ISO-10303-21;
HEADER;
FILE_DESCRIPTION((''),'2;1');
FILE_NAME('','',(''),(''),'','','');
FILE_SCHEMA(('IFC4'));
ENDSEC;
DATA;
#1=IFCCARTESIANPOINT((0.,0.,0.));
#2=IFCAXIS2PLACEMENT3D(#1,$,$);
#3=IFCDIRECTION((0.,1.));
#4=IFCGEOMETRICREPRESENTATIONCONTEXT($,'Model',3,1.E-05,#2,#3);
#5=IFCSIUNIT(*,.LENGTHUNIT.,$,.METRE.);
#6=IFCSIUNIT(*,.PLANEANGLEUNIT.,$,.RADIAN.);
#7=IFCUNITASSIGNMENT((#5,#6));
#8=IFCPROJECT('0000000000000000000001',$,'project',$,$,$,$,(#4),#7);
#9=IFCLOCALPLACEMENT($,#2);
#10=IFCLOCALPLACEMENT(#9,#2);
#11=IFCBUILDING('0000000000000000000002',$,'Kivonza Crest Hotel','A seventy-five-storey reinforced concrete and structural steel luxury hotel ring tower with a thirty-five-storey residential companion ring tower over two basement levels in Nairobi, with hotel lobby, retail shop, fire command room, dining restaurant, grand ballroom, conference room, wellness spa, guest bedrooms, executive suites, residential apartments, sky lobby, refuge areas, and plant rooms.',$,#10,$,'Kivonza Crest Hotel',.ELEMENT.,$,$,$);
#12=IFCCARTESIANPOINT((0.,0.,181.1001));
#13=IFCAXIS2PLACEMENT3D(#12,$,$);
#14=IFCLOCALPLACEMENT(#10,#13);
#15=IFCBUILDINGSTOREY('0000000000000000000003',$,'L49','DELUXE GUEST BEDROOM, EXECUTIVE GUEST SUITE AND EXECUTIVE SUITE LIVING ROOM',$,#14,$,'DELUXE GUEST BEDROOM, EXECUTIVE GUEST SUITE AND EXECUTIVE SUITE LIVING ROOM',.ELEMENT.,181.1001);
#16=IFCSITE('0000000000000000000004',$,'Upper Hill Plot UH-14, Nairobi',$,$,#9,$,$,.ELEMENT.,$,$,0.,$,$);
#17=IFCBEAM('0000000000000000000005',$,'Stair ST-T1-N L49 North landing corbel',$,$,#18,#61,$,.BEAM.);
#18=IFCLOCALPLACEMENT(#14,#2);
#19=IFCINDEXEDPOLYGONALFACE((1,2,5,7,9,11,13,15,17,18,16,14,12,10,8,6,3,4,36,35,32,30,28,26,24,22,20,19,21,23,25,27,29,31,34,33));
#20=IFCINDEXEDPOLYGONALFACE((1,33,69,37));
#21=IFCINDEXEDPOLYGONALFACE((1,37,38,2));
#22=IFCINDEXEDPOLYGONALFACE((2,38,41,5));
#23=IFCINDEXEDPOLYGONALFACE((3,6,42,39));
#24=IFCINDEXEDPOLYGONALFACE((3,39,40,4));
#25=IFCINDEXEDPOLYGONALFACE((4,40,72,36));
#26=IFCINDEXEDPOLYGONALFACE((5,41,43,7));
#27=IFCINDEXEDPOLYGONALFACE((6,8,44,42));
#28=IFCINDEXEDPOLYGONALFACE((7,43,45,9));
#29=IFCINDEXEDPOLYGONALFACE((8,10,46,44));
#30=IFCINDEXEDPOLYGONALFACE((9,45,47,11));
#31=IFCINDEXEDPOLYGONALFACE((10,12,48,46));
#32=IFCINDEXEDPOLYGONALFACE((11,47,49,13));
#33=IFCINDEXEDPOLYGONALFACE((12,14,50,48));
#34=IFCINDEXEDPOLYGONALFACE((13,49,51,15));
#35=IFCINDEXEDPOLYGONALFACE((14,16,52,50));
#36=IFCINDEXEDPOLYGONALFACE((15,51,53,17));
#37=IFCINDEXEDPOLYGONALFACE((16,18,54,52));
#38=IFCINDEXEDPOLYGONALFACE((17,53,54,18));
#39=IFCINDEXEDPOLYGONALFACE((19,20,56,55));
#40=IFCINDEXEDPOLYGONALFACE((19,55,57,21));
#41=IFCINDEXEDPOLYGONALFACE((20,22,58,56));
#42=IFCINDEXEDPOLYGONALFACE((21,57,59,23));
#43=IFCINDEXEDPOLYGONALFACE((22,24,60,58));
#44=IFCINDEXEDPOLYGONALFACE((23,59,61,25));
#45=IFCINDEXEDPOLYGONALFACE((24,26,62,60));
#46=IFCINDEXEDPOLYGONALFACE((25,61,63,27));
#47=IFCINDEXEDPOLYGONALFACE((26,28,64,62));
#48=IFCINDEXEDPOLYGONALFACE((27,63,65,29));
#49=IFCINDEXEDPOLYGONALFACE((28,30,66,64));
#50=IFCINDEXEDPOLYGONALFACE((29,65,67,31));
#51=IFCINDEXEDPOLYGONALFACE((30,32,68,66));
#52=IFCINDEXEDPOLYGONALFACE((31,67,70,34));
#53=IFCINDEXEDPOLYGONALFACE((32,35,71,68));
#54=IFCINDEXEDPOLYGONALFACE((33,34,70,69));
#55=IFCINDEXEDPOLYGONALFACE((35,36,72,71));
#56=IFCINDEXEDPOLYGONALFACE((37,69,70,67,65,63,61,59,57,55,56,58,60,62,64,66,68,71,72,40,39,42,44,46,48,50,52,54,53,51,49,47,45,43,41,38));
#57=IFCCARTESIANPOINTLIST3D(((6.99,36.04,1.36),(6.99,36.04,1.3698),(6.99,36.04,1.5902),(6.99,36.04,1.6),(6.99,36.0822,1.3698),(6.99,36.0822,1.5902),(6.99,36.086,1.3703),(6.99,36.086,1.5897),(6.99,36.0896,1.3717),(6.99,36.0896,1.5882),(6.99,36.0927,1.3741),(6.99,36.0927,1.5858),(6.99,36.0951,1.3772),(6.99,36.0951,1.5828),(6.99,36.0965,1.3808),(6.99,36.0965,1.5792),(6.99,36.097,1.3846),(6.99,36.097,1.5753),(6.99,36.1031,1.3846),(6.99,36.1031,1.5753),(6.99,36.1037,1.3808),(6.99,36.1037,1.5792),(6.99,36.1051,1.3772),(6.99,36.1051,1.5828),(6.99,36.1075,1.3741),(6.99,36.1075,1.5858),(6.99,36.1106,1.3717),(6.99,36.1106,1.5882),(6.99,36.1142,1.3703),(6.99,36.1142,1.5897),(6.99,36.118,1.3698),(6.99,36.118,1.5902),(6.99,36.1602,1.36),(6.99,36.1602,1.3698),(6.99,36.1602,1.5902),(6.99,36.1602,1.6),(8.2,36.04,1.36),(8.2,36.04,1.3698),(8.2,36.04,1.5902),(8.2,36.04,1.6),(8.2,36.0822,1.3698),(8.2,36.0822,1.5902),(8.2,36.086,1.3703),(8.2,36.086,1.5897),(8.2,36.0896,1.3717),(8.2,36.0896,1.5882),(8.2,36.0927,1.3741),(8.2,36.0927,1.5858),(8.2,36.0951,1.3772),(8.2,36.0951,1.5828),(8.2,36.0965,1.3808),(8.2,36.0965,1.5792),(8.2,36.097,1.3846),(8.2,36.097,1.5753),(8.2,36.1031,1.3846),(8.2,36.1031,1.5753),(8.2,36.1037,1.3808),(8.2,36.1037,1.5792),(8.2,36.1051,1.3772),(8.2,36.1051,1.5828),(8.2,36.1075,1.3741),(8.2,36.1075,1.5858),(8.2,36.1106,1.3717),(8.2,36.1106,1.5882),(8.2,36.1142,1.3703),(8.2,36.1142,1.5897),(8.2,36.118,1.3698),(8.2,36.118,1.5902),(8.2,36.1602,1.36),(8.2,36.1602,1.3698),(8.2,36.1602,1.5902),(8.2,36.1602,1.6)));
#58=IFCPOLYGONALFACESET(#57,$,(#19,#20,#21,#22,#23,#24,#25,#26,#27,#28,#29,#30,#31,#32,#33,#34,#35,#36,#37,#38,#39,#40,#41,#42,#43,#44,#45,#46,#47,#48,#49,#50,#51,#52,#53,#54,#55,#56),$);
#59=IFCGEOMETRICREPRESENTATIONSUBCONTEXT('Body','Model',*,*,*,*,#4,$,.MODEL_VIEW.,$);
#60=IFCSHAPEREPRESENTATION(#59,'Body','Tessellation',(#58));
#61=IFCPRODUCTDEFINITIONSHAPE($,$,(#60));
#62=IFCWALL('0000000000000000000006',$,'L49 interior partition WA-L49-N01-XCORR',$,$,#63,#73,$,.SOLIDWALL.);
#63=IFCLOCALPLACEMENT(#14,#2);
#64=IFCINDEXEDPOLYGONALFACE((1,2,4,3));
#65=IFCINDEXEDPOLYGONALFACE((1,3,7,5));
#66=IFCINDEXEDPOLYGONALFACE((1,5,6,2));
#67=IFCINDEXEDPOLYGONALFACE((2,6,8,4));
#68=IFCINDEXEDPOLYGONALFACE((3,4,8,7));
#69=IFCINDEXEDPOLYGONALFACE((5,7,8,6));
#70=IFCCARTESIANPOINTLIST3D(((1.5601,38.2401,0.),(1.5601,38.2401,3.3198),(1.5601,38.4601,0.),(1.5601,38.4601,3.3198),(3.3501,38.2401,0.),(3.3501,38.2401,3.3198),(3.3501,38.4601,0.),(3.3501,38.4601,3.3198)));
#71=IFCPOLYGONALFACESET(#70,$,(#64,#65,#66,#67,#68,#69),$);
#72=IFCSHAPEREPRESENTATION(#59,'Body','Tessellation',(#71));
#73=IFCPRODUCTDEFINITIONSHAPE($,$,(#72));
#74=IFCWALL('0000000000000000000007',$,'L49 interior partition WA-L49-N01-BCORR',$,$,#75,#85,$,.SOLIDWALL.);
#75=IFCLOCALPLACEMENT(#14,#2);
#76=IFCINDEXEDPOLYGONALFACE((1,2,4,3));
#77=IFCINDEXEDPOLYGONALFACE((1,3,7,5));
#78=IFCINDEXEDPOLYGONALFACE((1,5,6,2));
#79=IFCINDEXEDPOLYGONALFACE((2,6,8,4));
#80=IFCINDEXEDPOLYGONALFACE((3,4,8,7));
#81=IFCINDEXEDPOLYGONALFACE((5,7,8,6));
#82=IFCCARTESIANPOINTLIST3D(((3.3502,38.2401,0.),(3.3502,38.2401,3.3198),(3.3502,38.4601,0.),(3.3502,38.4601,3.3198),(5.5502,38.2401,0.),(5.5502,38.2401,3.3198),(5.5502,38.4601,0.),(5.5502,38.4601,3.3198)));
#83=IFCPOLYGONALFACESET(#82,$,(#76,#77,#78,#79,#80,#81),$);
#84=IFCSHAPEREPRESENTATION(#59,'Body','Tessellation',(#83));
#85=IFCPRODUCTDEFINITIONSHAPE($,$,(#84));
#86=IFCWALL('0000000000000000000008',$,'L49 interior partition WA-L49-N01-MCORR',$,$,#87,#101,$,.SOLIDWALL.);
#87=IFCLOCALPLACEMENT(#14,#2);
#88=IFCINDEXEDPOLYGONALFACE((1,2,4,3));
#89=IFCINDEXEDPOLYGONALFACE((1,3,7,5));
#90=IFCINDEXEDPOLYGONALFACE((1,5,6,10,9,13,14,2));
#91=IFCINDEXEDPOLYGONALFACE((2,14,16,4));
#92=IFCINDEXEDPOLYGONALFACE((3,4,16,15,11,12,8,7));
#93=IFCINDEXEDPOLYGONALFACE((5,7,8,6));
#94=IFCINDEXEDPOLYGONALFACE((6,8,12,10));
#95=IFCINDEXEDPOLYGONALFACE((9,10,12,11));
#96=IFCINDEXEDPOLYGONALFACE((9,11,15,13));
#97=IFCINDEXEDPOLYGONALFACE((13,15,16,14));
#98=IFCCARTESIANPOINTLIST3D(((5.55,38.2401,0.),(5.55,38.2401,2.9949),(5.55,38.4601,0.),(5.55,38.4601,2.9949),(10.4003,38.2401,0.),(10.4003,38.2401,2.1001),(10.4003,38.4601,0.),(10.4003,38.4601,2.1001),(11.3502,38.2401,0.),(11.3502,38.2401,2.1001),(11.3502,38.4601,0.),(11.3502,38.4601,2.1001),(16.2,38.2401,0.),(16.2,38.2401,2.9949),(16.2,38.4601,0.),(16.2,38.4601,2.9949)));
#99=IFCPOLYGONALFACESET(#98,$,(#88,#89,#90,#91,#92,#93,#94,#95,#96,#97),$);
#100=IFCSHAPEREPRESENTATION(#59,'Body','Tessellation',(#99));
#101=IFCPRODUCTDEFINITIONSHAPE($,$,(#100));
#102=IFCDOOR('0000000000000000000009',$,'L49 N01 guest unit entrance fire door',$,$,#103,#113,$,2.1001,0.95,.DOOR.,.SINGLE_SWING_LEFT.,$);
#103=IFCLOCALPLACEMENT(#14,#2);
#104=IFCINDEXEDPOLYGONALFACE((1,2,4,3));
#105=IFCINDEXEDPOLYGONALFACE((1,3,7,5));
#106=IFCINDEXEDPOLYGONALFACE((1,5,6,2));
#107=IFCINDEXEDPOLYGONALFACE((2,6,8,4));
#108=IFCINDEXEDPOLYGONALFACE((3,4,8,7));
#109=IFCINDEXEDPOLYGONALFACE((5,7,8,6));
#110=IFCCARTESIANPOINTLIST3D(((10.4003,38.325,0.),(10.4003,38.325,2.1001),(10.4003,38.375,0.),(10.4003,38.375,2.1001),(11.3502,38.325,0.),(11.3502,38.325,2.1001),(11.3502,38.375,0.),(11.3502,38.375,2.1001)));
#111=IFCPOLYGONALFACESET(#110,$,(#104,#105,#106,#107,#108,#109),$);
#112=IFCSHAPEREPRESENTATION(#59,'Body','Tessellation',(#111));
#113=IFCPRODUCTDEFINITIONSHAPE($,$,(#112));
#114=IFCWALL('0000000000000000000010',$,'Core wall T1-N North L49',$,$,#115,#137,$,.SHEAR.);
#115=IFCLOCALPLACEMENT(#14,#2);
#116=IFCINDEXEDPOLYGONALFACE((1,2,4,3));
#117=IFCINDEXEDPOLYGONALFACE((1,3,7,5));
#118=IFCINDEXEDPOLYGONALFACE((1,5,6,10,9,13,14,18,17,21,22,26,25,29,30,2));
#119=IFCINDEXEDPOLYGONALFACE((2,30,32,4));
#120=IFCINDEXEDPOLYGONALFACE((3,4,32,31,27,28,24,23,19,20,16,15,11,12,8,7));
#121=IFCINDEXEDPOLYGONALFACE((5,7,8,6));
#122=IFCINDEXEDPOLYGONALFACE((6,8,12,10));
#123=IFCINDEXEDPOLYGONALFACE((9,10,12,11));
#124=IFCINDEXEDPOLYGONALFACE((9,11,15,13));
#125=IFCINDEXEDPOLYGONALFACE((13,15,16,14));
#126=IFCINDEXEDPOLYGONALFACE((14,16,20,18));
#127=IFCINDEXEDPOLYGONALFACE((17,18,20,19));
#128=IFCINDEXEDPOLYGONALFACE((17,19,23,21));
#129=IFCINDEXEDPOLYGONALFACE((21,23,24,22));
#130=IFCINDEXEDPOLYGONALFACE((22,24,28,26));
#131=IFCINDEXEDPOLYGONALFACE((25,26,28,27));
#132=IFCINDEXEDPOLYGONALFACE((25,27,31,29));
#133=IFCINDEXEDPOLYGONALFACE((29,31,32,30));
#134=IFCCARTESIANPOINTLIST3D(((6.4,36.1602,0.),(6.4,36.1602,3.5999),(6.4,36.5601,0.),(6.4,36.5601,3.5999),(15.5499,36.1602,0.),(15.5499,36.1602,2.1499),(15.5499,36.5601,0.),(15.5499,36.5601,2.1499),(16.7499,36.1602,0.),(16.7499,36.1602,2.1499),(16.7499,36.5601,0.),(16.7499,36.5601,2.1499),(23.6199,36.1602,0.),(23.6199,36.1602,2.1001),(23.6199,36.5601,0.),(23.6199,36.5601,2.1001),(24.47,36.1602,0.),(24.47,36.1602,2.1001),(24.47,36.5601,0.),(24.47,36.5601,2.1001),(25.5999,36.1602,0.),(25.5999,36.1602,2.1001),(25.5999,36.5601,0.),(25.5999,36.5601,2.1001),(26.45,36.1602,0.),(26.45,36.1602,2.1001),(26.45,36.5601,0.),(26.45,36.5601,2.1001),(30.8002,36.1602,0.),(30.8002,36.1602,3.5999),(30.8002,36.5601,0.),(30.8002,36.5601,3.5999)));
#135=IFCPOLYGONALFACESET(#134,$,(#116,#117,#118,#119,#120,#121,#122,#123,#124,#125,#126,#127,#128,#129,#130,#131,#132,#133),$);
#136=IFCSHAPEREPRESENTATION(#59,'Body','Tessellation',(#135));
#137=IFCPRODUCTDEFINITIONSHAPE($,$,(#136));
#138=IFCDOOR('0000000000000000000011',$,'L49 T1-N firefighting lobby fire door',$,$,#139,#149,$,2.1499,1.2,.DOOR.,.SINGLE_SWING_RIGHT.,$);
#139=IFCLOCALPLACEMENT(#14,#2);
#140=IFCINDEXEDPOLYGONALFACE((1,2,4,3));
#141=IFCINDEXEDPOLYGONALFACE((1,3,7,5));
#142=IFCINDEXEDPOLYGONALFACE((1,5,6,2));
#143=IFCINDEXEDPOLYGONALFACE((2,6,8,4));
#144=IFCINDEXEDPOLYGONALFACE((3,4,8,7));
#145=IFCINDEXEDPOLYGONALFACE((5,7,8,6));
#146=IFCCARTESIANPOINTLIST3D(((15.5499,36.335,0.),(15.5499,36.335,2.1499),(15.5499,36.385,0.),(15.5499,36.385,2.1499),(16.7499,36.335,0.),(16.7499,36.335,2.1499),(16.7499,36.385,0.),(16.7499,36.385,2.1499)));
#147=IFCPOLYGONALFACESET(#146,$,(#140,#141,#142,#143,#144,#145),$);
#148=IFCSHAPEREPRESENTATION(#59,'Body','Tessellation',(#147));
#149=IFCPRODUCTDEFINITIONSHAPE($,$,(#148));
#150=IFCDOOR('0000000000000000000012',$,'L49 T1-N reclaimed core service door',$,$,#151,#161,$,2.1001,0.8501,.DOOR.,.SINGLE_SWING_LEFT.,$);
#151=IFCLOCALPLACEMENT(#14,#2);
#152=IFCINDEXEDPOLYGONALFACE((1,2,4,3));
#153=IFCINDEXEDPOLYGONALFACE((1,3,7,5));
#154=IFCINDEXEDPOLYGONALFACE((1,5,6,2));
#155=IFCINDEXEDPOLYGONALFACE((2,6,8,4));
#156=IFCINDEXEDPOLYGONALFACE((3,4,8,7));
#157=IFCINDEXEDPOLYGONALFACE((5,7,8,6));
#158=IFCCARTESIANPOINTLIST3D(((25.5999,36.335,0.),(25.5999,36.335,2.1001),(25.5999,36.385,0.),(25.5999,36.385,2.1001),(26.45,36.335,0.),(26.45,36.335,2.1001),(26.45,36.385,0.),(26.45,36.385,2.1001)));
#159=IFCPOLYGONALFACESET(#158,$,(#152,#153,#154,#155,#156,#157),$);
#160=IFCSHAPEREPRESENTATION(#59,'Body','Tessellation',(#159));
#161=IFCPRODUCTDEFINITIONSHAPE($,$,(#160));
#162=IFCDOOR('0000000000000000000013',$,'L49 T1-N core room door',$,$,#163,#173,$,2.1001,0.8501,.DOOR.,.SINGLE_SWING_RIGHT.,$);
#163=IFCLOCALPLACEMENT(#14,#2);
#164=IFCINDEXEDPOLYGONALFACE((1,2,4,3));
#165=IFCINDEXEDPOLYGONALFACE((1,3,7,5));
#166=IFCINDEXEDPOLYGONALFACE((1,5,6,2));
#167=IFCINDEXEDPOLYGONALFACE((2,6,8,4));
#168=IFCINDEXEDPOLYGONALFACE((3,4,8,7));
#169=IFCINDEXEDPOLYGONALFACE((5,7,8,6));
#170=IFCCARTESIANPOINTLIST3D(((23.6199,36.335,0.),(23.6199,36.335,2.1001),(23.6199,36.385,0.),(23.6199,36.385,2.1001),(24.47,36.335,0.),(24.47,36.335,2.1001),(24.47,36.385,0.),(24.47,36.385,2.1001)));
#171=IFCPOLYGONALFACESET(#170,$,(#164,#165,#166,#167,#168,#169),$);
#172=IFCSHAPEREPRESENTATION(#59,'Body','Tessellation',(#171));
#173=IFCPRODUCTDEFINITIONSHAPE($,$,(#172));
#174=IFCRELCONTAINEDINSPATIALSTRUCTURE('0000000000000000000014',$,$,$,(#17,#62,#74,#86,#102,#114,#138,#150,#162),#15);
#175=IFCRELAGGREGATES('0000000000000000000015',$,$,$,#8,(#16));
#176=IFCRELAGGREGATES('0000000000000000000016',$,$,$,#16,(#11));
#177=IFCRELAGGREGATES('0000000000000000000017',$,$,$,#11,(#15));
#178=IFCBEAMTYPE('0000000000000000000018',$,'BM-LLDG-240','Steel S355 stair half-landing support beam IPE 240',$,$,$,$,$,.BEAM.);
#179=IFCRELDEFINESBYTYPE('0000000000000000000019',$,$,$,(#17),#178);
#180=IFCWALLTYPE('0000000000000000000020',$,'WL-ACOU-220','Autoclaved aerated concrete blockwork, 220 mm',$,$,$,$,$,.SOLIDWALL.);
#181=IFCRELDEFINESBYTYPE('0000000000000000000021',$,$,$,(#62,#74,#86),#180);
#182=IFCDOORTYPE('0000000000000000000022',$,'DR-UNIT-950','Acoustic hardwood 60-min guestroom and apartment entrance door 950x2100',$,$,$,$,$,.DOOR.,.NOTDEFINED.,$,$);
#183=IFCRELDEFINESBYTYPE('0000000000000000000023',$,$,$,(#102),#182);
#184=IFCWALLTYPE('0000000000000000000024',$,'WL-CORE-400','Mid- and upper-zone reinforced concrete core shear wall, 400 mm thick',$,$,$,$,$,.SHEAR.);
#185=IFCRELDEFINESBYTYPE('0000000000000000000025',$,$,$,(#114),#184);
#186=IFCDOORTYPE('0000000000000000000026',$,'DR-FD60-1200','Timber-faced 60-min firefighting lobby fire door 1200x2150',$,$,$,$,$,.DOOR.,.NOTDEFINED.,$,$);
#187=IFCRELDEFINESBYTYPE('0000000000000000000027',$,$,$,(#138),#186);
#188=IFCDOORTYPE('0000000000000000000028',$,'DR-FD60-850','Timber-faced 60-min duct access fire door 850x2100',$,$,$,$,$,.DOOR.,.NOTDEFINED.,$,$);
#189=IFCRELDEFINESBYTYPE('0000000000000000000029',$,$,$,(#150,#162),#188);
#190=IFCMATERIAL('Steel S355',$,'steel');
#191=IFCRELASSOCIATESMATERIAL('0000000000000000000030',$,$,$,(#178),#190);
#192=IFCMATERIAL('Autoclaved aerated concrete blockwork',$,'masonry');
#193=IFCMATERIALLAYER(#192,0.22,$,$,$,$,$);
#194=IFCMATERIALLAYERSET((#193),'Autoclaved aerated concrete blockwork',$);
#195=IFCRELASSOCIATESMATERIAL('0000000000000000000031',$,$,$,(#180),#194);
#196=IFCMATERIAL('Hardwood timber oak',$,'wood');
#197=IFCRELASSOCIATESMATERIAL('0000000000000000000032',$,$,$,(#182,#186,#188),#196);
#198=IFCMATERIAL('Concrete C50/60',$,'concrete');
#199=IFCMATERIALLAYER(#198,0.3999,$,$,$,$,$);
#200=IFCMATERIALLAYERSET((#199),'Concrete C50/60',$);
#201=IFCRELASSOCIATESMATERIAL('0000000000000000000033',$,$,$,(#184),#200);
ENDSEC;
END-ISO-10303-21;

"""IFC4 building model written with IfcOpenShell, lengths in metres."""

from ifc_helpers import new_model, si_unit, direction, frame, frame_2d, origin, origin_2d, place, context, subcontext, project, spatial, rectangle, i_section, extrude, material, layer, layer_set, material_profile, profile_set, type_object, element, fill, save


model = new_model("IFC4")

# Units and contexts
model_context = context("Model", 3, precision=1e-05, world=origin(), true_north=direction((0.0, 1.0)))
body_context = subcontext(model_context, "Body", "Model", "MODEL_VIEW")
ifc_project = project(units=[si_unit("LENGTHUNIT", "METRE"), si_unit("PLANEANGLEUNIT", "RADIAN")], contexts=[model_context])

# Site, building, storey
site_placement = place(None, origin())
site = spatial("IfcSite", under=ifc_project, at=site_placement, Name="Upper Hill Plot UH-14, Nairobi", CompositionType="ELEMENT", RefElevation=0.0)
building_placement = place(site_placement, origin())
building = spatial("IfcBuilding", under=site, at=building_placement, Name="Kivonza Crest Hotel", Description="A seventy-five-storey reinforced concrete and structural steel luxury hotel ring tower with a thirty-five-storey residential companion ring tower over two basement levels in Nairobi, with hotel lobby, retail shop, fire command room, dining restaurant, grand ballroom, conference room, wellness spa, guest bedrooms, executive suites, residential apartments, sky lobby, refuge areas, and plant rooms.", LongName="Kivonza Crest Hotel", CompositionType="ELEMENT")
storey_placement = place(building_placement, frame((0.0, 0.0, 181.1001)))
storey = spatial("IfcBuildingStorey", under=building, at=storey_placement, Name="L49", Description="DELUXE GUEST BEDROOM, EXECUTIVE GUEST SUITE AND EXECUTIVE SUITE LIVING ROOM", LongName="DELUXE GUEST BEDROOM, EXECUTIVE GUEST SUITE AND EXECUTIVE SUITE LIVING ROOM", CompositionType="ELEMENT", Elevation=181.1001)

# Beam
ifc_material_1 = material(Name="Steel S355", Category="steel")
ifc_material_profile = material_profile(ifc_material_1, i_section(OverallWidth=0.1201, OverallDepth=0.24, WebThickness=0.0061, FlangeThickness=0.0098, FilletRadius=0.0149, at=origin_2d()), Name="IPE 240")
ifc_profile_set = profile_set([ifc_material_profile], Name="Steel S355")
beam_type = type_object("IfcBeamType", Name="BM-LLDG-240", Description="Steel S355 stair half-landing support beam IPE 240", PredefinedType="BEAM", material=ifc_profile_set)
beam_placement = place(storey_placement, frame((6.99, 36.1001, 1.48), z_axis=(1.0, 0.0, 0.0), x_axis=(0.0, 1.0, 0.0)))
element("IfcBeam", 1, at=beam_placement, inside=storey, type_object=beam_type, Name="Stair ST-T1-N L49 North landing corbel", PredefinedType="BEAM", context=body_context, shape_type="SweptSolid", body=[
    extrude(i_section(OverallWidth=0.1201, OverallDepth=0.24, WebThickness=0.0061, FlangeThickness=0.0098, FilletRadius=0.0149, at=origin_2d()), origin(), (0.0, 0.0, 1.0), 1.21),
])

# Walls
ifc_material_2 = material(Name="Autoclaved aerated concrete blockwork", Category="masonry")
ifc_layer_1 = layer(ifc_material_2, 0.22)
ifc_layer_set_1 = layer_set([ifc_layer_1], Name="Autoclaved aerated concrete blockwork")
wall_type_1 = type_object("IfcWallType", Name="WL-ACOU-220", Description="Autoclaved aerated concrete blockwork, 220 mm", PredefinedType="SOLIDWALL", material=ifc_layer_set_1)
wall_1_placement = place(storey_placement, frame((1.5601, 38.3501, 0.0), z_axis=(0.0, 0.0, 1.0), x_axis=(1.0, 0.0, 0.0)))
element("IfcWall", 2, at=wall_1_placement, inside=storey, type_object=wall_type_1, Name="L49 interior partition WA-L49-N01-XCORR", PredefinedType="SOLIDWALL", context=body_context, shape_type="SweptSolid", body=[
    extrude(rectangle(XDim=1.79, YDim=0.22, at=frame_2d((0.895, 0.0))), origin(), (0.0, 0.0, 1.0), 3.3198),
])
wall_2_placement = place(storey_placement, frame((3.3501, 38.3501, 0.0), z_axis=(0.0, 0.0, 1.0), x_axis=(1.0, 0.0, 0.0)))
element("IfcWall", 3, at=wall_2_placement, inside=storey, type_object=wall_type_1, Name="L49 interior partition WA-L49-N01-BCORR", PredefinedType="SOLIDWALL", context=body_context, shape_type="SweptSolid", body=[
    extrude(rectangle(XDim=2.2, YDim=0.22, at=frame_2d((1.1001, 0.0))), origin(), (0.0, 0.0, 1.0), 3.3198),
])

# Wall, opening, door
wall_3_placement = place(storey_placement, frame((5.55, 38.3501, 0.0), z_axis=(0.0, 0.0, 1.0), x_axis=(1.0, 0.0, 0.0)))
wall_3 = element("IfcWall", 4, at=wall_3_placement, inside=storey, type_object=wall_type_1, Name="L49 interior partition WA-L49-N01-MCORR", PredefinedType="SOLIDWALL", context=body_context, shape_type="SweptSolid", body=[
    extrude(rectangle(XDim=10.6499, YDim=0.22, at=frame_2d((5.325, 0.0))), origin(), (0.0, 0.0, 1.0), 2.9949),
])
opening_1_placement = place(wall_3_placement, frame((4.8501, 0.0, 0.0)))
opening_1 = element("IfcOpeningElement", 5, at=opening_1_placement, cuts=wall_3, PredefinedType="OPENING", context=body_context, shape_type="SweptSolid", body=[
    extrude(rectangle(XDim=0.95, YDim=2.1001, at=frame_2d((0.4751, 1.05))), frame((0.0, 0.1201, 0.0), z_axis=(0.0, -1.0, 0.0), x_axis=(1.0, 0.0, 0.0)), (0.0, 0.0, 1.0), 0.24),
])
ifc_material_3 = material(Name="Hardwood timber oak", Category="wood")
door_type_1 = type_object("IfcDoorType", Name="DR-UNIT-950", Description="Acoustic hardwood 60-min guestroom and apartment entrance door 950x2100", OperationType="NOTDEFINED", PredefinedType="DOOR", material=ifc_material_3)
door_1_placement = place(opening_1_placement, origin())
door_1 = element("IfcDoor", 6, at=door_1_placement, inside=storey, type_object=door_type_1, Name="L49 N01 guest unit entrance fire door", OperationType="SINGLE_SWING_LEFT", OverallHeight=2.1001, OverallWidth=0.95, PredefinedType="DOOR", context=body_context, shape_type="SweptSolid", body=[
    extrude(rectangle(XDim=0.95, YDim=2.1001, at=frame_2d((0.4751, 1.05))), frame((0.0, 0.0249, 0.0), z_axis=(0.0, -1.0, 0.0), x_axis=(1.0, 0.0, 0.0)), (0.0, 0.0, 1.0), 0.05),
])
fill(opening_1, door_1)

# Wall, openings, doors
ifc_material_4 = material(Name="Concrete C50/60", Category="concrete")
ifc_layer_2 = layer(ifc_material_4, 0.3999)
ifc_layer_set_2 = layer_set([ifc_layer_2], Name="Concrete C50/60")
wall_type_2 = type_object("IfcWallType", Name="WL-CORE-400", Description="Mid- and upper-zone reinforced concrete core shear wall, 400 mm thick", PredefinedType="SHEAR", material=ifc_layer_set_2)
wall_4_placement = place(storey_placement, frame((6.3999, 36.3601, 0.0), z_axis=(0.0, 0.0, 1.0), x_axis=(1.0, 0.0, 0.0)))
wall_4 = element("IfcWall", 7, at=wall_4_placement, inside=storey, type_object=wall_type_2, Name="Core wall T1-N North L49", PredefinedType="SHEAR", context=body_context, shape_type="SweptSolid", body=[
    extrude(rectangle(XDim=24.4001, YDim=0.3999, at=frame_2d((12.2002, 0.0))), origin(), (0.0, 0.0, 1.0), 3.5999),
])
opening_2_placement = place(wall_4_placement, frame((9.1499, 0.0, 0.0)))
opening_2 = element("IfcOpeningElement", 8, at=opening_2_placement, cuts=wall_4, PredefinedType="OPENING", context=body_context, shape_type="SweptSolid", body=[
    extrude(rectangle(XDim=1.2, YDim=2.1499, at=frame_2d((0.6001, 1.075))), frame((0.0, 0.21, 0.0), z_axis=(0.0, -1.0, 0.0), x_axis=(1.0, 0.0, 0.0)), (0.0, 0.0, 1.0), 0.4199),
])
opening_3_placement = place(wall_4_placement, frame((19.2, 0.0, 0.0)))
opening_3 = element("IfcOpeningElement", 9, at=opening_3_placement, cuts=wall_4, PredefinedType="OPENING", context=body_context, shape_type="SweptSolid", body=[
    extrude(rectangle(XDim=0.8501, YDim=2.1001, at=frame_2d((0.425, 1.05))), frame((0.0, 0.21, 0.0), z_axis=(0.0, -1.0, 0.0), x_axis=(1.0, 0.0, 0.0)), (0.0, 0.0, 1.0), 0.4199),
])
opening_4_placement = place(wall_4_placement, frame((17.22, 0.0, 0.0)))
opening_4 = element("IfcOpeningElement", 10, at=opening_4_placement, cuts=wall_4, PredefinedType="OPENING", context=body_context, shape_type="SweptSolid", body=[
    extrude(rectangle(XDim=0.8501, YDim=2.1001, at=frame_2d((0.425, 1.05))), frame((0.0, 0.21, 0.0), z_axis=(0.0, -1.0, 0.0), x_axis=(1.0, 0.0, 0.0)), (0.0, 0.0, 1.0), 0.4199),
])
door_type_2 = type_object("IfcDoorType", Name="DR-FD60-1200", Description="Timber-faced 60-min firefighting lobby fire door 1200x2150", OperationType="NOTDEFINED", PredefinedType="DOOR", material=ifc_material_3)
door_2_placement = place(opening_2_placement, origin())
door_2 = element("IfcDoor", 11, at=door_2_placement, inside=storey, type_object=door_type_2, Name="L49 T1-N firefighting lobby fire door", OperationType="SINGLE_SWING_RIGHT", OverallHeight=2.1499, OverallWidth=1.2, PredefinedType="DOOR", context=body_context, shape_type="SweptSolid", body=[
    extrude(rectangle(XDim=1.2, YDim=2.1499, at=frame_2d((0.6001, 1.075))), frame((0.0, 0.0249, 0.0), z_axis=(0.0, -1.0, 0.0), x_axis=(1.0, 0.0, 0.0)), (0.0, 0.0, 1.0), 0.05),
])
fill(opening_2, door_2)
door_type_3 = type_object("IfcDoorType", Name="DR-FD60-850", Description="Timber-faced 60-min duct access fire door 850x2100", OperationType="NOTDEFINED", PredefinedType="DOOR", material=ifc_material_3)
door_3_placement = place(opening_3_placement, origin())
door_3 = element("IfcDoor", 12, at=door_3_placement, inside=storey, type_object=door_type_3, Name="L49 T1-N reclaimed core service door", OperationType="SINGLE_SWING_LEFT", OverallHeight=2.1001, OverallWidth=0.8501, PredefinedType="DOOR", context=body_context, shape_type="SweptSolid", body=[
    extrude(rectangle(XDim=0.8501, YDim=2.1001, at=frame_2d((0.425, 1.05))), frame((0.0, 0.0249, 0.0), z_axis=(0.0, -1.0, 0.0), x_axis=(1.0, 0.0, 0.0)), (0.0, 0.0, 1.0), 0.05),
])
fill(opening_3, door_3)
door_4_placement = place(opening_4_placement, origin())
door_4 = element("IfcDoor", 13, at=door_4_placement, inside=storey, type_object=door_type_3, Name="L49 T1-N core room door", OperationType="SINGLE_SWING_RIGHT", OverallHeight=2.1001, OverallWidth=0.8501, PredefinedType="DOOR", context=body_context, shape_type="SweptSolid", body=[
    extrude(rectangle(XDim=0.8501, YDim=2.1001, at=frame_2d((0.425, 1.05))), frame((0.0, 0.0249, 0.0), z_axis=(0.0, -1.0, 0.0), x_axis=(1.0, 0.0, 0.0)), (0.0, 0.0, 1.0), 0.05),
])
fill(opening_4, door_4)

save(model, "model.ifc")
